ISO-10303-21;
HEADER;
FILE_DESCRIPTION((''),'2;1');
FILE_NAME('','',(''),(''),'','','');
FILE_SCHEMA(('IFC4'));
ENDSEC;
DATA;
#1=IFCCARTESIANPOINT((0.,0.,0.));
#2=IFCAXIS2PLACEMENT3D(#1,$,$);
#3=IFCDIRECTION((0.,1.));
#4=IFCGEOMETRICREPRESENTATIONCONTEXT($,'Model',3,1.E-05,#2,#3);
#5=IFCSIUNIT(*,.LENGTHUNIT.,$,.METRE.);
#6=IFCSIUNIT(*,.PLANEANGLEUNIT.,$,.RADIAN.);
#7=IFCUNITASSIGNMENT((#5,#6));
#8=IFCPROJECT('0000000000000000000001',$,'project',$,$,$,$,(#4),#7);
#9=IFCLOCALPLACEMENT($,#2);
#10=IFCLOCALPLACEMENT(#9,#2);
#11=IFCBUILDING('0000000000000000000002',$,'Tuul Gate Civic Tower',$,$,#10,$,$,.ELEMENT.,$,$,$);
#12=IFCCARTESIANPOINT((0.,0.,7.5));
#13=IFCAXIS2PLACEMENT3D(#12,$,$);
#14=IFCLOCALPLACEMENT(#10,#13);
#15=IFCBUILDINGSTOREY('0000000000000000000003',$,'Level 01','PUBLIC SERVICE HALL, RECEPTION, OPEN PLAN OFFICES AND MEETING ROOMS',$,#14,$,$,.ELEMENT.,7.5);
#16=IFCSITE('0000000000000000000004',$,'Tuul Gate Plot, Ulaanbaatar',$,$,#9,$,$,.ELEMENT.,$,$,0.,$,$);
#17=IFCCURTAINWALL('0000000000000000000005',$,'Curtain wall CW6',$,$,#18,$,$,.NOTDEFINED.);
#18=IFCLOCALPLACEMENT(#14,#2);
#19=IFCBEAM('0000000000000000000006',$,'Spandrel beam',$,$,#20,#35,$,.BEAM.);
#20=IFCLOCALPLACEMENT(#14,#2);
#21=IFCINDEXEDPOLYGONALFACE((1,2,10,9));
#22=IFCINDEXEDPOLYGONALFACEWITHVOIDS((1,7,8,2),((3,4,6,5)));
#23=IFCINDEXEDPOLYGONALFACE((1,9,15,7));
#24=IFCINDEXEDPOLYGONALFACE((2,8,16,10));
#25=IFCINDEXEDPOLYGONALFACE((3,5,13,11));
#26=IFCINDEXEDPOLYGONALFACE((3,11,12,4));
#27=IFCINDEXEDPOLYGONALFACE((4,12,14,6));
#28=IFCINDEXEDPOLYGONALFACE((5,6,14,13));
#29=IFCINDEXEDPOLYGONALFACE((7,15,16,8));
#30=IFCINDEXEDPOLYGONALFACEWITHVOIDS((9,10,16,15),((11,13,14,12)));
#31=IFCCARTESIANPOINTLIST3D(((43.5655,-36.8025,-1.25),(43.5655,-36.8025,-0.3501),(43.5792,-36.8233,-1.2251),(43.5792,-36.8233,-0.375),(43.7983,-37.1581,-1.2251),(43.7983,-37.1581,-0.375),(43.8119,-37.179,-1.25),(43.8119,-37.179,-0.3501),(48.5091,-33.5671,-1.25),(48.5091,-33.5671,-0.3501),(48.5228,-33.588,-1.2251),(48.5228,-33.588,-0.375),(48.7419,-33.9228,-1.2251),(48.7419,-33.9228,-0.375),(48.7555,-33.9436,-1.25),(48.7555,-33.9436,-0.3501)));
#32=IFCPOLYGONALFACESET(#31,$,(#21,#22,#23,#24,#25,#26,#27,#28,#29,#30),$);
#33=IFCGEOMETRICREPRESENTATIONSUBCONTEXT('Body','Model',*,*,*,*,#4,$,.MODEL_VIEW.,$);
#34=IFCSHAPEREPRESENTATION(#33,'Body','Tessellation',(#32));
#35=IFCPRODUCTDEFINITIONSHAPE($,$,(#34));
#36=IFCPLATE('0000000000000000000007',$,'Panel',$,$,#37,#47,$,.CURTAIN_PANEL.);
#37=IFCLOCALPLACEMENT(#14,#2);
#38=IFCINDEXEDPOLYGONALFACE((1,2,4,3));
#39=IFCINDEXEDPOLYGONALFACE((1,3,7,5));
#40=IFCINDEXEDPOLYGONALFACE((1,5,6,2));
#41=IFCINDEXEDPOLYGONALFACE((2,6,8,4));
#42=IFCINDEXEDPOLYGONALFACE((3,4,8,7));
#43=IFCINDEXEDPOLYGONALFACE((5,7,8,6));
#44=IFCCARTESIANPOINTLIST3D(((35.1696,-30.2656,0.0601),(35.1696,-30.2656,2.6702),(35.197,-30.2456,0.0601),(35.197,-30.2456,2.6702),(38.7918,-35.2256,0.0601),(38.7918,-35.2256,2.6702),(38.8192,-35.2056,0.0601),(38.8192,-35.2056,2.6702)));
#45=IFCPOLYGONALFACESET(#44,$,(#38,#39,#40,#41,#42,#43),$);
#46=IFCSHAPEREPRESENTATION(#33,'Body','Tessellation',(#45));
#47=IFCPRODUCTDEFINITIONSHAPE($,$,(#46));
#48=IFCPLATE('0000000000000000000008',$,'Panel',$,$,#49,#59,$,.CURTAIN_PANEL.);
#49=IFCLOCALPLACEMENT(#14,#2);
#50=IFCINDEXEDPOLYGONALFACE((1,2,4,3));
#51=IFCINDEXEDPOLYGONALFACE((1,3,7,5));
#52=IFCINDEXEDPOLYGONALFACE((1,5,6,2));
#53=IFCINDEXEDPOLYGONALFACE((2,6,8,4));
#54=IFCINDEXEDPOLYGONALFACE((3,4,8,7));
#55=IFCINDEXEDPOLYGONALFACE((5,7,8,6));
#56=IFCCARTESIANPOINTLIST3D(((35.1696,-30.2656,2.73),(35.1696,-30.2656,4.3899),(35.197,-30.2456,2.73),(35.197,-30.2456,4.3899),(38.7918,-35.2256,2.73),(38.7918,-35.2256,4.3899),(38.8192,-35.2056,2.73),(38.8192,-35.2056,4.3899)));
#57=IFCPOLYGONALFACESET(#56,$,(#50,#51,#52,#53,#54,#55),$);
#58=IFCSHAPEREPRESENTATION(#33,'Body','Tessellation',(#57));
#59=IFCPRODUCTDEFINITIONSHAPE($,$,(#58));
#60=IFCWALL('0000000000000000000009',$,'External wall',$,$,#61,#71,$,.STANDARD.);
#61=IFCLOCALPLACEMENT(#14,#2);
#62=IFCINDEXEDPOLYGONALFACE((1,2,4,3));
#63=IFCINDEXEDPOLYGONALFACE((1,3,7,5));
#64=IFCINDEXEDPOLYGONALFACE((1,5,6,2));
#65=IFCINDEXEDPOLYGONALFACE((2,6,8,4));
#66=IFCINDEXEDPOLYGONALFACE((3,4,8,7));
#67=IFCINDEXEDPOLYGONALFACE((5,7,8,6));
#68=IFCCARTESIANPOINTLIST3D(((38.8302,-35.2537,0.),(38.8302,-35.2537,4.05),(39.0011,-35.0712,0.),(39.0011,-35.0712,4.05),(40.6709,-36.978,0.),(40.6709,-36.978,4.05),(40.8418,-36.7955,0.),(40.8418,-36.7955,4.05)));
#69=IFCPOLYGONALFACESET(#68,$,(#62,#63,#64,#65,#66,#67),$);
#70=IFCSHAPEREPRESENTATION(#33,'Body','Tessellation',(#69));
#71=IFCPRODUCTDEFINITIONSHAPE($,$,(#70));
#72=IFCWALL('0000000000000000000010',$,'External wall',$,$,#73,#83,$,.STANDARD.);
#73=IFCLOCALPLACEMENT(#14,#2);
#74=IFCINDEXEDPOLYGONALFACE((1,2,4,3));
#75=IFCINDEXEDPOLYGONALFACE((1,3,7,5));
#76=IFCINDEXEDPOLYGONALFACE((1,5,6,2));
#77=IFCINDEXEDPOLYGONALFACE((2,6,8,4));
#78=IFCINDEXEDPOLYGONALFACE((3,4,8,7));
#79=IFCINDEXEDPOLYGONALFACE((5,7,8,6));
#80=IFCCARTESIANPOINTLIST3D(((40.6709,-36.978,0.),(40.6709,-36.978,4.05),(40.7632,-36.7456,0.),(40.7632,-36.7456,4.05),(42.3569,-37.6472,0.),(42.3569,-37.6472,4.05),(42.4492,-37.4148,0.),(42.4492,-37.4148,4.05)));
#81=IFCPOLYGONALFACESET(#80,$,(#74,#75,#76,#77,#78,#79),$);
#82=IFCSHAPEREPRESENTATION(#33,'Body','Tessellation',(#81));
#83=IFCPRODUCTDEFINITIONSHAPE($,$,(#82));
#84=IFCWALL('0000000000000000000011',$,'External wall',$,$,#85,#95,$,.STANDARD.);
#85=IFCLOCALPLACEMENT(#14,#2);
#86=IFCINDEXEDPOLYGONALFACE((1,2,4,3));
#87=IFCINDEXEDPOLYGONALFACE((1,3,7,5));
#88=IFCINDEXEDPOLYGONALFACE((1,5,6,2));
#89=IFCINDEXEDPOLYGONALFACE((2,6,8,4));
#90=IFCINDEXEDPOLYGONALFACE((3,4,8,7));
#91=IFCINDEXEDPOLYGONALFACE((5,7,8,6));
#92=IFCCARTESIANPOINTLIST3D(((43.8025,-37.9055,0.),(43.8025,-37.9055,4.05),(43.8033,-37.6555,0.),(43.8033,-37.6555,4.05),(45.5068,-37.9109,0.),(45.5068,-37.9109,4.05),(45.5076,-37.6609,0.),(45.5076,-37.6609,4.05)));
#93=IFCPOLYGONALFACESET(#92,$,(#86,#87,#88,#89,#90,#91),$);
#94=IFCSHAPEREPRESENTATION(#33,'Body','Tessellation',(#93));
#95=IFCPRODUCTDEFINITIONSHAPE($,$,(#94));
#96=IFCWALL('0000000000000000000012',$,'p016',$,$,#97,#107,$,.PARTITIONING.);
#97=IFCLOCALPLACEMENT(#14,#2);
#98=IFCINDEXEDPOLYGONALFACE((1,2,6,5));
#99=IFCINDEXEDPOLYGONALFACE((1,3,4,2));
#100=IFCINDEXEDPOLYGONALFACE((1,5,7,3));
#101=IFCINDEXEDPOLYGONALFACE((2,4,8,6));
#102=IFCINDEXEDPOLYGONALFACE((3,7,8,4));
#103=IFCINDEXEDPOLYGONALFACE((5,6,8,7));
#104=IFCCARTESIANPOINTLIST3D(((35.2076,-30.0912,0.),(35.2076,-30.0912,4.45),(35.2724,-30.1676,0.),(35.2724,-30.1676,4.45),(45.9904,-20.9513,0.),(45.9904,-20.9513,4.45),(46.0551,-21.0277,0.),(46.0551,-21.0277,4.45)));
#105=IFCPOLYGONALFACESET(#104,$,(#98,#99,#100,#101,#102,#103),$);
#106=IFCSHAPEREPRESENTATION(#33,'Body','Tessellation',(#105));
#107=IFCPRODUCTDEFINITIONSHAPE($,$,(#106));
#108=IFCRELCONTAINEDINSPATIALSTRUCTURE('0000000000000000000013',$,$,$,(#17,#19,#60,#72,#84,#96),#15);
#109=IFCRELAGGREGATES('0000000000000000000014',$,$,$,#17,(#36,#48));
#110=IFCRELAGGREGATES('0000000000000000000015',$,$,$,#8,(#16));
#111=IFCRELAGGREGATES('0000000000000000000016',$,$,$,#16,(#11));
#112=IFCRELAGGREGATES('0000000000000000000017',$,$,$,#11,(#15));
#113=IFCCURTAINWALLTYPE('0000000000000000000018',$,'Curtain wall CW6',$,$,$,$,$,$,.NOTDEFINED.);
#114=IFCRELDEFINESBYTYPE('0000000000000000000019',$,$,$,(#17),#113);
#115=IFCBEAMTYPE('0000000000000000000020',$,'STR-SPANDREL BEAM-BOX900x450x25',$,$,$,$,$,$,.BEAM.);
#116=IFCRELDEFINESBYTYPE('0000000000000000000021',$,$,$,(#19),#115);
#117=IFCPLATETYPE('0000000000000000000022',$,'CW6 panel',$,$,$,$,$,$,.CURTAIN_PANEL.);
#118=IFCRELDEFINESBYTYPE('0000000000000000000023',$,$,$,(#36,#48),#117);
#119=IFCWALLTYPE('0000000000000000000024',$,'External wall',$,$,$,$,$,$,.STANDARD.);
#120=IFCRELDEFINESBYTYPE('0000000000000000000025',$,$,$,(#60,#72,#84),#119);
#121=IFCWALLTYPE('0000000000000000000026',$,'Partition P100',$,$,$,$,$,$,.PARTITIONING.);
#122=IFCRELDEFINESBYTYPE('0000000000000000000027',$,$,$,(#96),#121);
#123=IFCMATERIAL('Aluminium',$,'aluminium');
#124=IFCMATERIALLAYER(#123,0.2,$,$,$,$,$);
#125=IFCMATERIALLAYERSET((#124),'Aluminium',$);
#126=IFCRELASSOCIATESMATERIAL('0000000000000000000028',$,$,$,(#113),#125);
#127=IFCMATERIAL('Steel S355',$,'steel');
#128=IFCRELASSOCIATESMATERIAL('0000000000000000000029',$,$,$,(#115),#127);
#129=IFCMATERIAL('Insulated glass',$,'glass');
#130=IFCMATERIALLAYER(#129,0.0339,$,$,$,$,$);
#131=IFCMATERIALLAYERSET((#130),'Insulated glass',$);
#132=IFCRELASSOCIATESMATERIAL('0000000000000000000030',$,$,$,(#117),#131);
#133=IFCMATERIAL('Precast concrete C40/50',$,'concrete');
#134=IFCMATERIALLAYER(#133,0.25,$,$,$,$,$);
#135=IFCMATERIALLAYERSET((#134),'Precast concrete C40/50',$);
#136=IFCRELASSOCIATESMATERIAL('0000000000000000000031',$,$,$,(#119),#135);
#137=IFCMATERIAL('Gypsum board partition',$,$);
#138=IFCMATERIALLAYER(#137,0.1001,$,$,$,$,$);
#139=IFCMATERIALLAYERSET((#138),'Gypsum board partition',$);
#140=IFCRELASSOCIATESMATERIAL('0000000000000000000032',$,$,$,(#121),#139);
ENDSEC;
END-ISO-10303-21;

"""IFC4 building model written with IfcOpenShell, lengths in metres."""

from ifc_helpers import new_model, si_unit, direction, frame, frame_2d, origin, origin_2d, place, context, subcontext, project, spatial, rectangle, hollow_rectangle, extrude, material, layer, layer_set, material_profile, profile_set, type_object, element, aggregate, save


model = new_model("IFC4")

# Units and contexts
model_context = context("Model", 3, precision=1e-05, world=origin(), true_north=direction((0.0, 1.0)))
body_context = subcontext(model_context, "Body", "Model", "MODEL_VIEW")
ifc_project = project(units=[si_unit("LENGTHUNIT", "METRE"), si_unit("PLANEANGLEUNIT", "RADIAN")], contexts=[model_context])

# Site, building, storey
site_placement = place(None, origin())
site = spatial("IfcSite", under=ifc_project, at=site_placement, Name="Tuul Gate Plot, Ulaanbaatar", CompositionType="ELEMENT", RefElevation=0.0)
building_placement = place(site_placement, origin())
building = spatial("IfcBuilding", under=site, at=building_placement, Name="Tuul Gate Civic Tower", CompositionType="ELEMENT")
storey_placement = place(building_placement, frame((0.0, 0.0, 7.5)))
storey = spatial("IfcBuildingStorey", under=building, at=storey_placement, Name="Level 01", Description="PUBLIC SERVICE HALL, RECEPTION, OPEN PLAN OFFICES AND MEETING ROOMS", CompositionType="ELEMENT", Elevation=7.5)

# Shared definitions
ifc_material_1 = material(Name="Aluminium", Category="aluminium")
ifc_layer_1 = layer(ifc_material_1, 0.2)
ifc_layer_set_1 = layer_set([ifc_layer_1], Name="Aluminium")
curtain_wall_type = type_object("IfcCurtainWallType", Name="Curtain wall CW6", PredefinedType="NOTDEFINED", material=ifc_layer_set_1)

# Curtain wall
curtain_wall_1_placement = place(storey_placement, origin())
curtain_wall_1 = element("IfcCurtainWall", 1, at=curtain_wall_1_placement, inside=storey, type_object=curtain_wall_type, Name="Curtain wall CW6", PredefinedType="NOTDEFINED")

# Beam
ifc_material_2 = material(Name="Steel S355", Category="steel")
ifc_material_profile_1 = material_profile(ifc_material_2, hollow_rectangle(XDim=0.45, YDim=0.8999, WallThickness=0.0249, at=origin_2d()), Name="BOX900x450x25")
ifc_profile_set_1 = profile_set([ifc_material_profile_1], Name="Steel S355")
beam_type_1 = type_object("IfcBeamType", Name="STR-SPANDREL BEAM-BOX900x450x25", PredefinedType="BEAM", material=ifc_profile_set_1)
beam_1_placement = place(storey_placement, frame((43.6887, -36.9907, -0.8), z_axis=(0.836737, 0.547604, 0.0), x_axis=(-0.547604, 0.836737, 0.0)))
element("IfcBeam", 2, at=beam_1_placement, inside=storey, type_object=beam_type_1, Name="Spandrel beam", PredefinedType="BEAM", context=body_context, shape_type="SweptSolid", body=[
    extrude(hollow_rectangle(XDim=0.45, YDim=0.8999, WallThickness=0.0249, at=origin_2d()), origin(), (0.0, 0.0, 1.0), 5.9082),
])

# Plates
ifc_material_3 = material(Name="Insulated glass", Category="glass")
ifc_layer_2 = layer(ifc_material_3, 0.0339)
ifc_layer_set_2 = layer_set([ifc_layer_2], Name="Insulated glass")
plate_type = type_object("IfcPlateType", Name="CW6 panel", PredefinedType="CURTAIN_PANEL", material=ifc_layer_set_2)
plate_1_placement = place(storey_placement, frame((36.9944, -32.7356, 0.0601), z_axis=(0.0, 0.0, 1.0), x_axis=(0.589756, -0.807581, 0.0)))
plate_1 = element("IfcPlate", 3, at=plate_1_placement, type_object=plate_type, Name="Panel", PredefinedType="CURTAIN_PANEL", context=body_context, shape_type="SweptSolid", body=[
    extrude(rectangle(XDim=6.1418, YDim=0.0339, at=origin_2d()), origin(), (0.0, 0.0, 1.0), 2.6101),
])
plate_2_placement = place(storey_placement, frame((36.9944, -32.7356, 2.73), z_axis=(0.0, 0.0, 1.0), x_axis=(0.589756, -0.807581, 0.0)))
plate_2 = element("IfcPlate", 4, at=plate_2_placement, type_object=plate_type, Name="Panel", PredefinedType="CURTAIN_PANEL", context=body_context, shape_type="SweptSolid", body=[
    extrude(rectangle(XDim=6.1418, YDim=0.0339, at=origin_2d()), origin(), (0.0, 0.0, 1.0), 1.6599),
])
aggregate(curtain_wall_1, [plate_1, plate_2])

# Walls
ifc_material_4 = material(Name="Precast concrete C40/50", Category="concrete")
ifc_layer_3 = layer(ifc_material_4, 0.25)
ifc_layer_set_3 = layer_set([ifc_layer_3], Name="Precast concrete C40/50")
wall_type_1 = type_object("IfcWallType", Name="External wall", PredefinedType="STANDARD", material=ifc_layer_set_3)
wall_1_placement = place(storey_placement, frame((38.9155, -35.1624, 0.0), z_axis=(0.0, 0.0, 1.0), x_axis=(0.729815, -0.683645, 0.0)))
element("IfcWall", 5, at=wall_1_placement, inside=storey, type_object=wall_type_1, Name="External wall", PredefinedType="STANDARD", context=body_context, shape_type="SweptSolid", body=[
    extrude(rectangle(XDim=2.5222, YDim=0.25, at=frame_2d((1.2612, 0.0))), origin(), (0.0, 0.0, 1.0), 4.05),
])
wall_2_placement = place(storey_placement, frame((40.717, -36.8618, 0.0), z_axis=(0.0, 0.0, 1.0), x_axis=(0.929467, -0.368906, 0.0)))
element("IfcWall", 6, at=wall_2_placement, inside=storey, type_object=wall_type_1, Name="External wall", PredefinedType="STANDARD", context=body_context, shape_type="SweptSolid", body=[
    extrude(rectangle(XDim=1.814, YDim=0.25, at=frame_2d((0.907, 0.0))), origin(), (0.0, 0.0, 1.0), 4.05),
])
wall_3_placement = place(storey_placement, frame((43.803, -37.7805, 0.0), z_axis=(0.0, 0.0, 1.0), x_axis=(0.999995, -0.003151, 0.0)))
element("IfcWall", 7, at=wall_3_placement, inside=storey, type_object=wall_type_1, Name="External wall", PredefinedType="STANDARD", context=body_context, shape_type="SweptSolid", body=[
    extrude(rectangle(XDim=1.7043, YDim=0.25, at=frame_2d((0.8521, 0.0))), origin(), (0.0, 0.0, 1.0), 4.05),
])
ifc_material_5 = material(Name="Gypsum board partition")
ifc_layer_4 = layer(ifc_material_5, 0.1001)
ifc_layer_set_4 = layer_set([ifc_layer_4], Name="Gypsum board partition")
wall_type_2 = type_object("IfcWallType", Name="Partition P100", PredefinedType="PARTITIONING", material=ifc_layer_set_4)
wall_4_placement = place(storey_placement, frame((35.24, -30.1294, 0.0), z_axis=(0.0, 0.0, 1.0), x_axis=(0.762826, 0.646604, 0.0)))
element("IfcWall", 8, at=wall_4_placement, inside=storey, type_object=wall_type_2, Name="p016", PredefinedType="PARTITIONING", context=body_context, shape_type="SweptSolid", body=[
    extrude(rectangle(XDim=14.1353, YDim=0.1001, at=frame_2d((7.0676, 0.0))), origin(), (0.0, 0.0, 1.0), 4.45),
])

save(model, "model.ifc")
